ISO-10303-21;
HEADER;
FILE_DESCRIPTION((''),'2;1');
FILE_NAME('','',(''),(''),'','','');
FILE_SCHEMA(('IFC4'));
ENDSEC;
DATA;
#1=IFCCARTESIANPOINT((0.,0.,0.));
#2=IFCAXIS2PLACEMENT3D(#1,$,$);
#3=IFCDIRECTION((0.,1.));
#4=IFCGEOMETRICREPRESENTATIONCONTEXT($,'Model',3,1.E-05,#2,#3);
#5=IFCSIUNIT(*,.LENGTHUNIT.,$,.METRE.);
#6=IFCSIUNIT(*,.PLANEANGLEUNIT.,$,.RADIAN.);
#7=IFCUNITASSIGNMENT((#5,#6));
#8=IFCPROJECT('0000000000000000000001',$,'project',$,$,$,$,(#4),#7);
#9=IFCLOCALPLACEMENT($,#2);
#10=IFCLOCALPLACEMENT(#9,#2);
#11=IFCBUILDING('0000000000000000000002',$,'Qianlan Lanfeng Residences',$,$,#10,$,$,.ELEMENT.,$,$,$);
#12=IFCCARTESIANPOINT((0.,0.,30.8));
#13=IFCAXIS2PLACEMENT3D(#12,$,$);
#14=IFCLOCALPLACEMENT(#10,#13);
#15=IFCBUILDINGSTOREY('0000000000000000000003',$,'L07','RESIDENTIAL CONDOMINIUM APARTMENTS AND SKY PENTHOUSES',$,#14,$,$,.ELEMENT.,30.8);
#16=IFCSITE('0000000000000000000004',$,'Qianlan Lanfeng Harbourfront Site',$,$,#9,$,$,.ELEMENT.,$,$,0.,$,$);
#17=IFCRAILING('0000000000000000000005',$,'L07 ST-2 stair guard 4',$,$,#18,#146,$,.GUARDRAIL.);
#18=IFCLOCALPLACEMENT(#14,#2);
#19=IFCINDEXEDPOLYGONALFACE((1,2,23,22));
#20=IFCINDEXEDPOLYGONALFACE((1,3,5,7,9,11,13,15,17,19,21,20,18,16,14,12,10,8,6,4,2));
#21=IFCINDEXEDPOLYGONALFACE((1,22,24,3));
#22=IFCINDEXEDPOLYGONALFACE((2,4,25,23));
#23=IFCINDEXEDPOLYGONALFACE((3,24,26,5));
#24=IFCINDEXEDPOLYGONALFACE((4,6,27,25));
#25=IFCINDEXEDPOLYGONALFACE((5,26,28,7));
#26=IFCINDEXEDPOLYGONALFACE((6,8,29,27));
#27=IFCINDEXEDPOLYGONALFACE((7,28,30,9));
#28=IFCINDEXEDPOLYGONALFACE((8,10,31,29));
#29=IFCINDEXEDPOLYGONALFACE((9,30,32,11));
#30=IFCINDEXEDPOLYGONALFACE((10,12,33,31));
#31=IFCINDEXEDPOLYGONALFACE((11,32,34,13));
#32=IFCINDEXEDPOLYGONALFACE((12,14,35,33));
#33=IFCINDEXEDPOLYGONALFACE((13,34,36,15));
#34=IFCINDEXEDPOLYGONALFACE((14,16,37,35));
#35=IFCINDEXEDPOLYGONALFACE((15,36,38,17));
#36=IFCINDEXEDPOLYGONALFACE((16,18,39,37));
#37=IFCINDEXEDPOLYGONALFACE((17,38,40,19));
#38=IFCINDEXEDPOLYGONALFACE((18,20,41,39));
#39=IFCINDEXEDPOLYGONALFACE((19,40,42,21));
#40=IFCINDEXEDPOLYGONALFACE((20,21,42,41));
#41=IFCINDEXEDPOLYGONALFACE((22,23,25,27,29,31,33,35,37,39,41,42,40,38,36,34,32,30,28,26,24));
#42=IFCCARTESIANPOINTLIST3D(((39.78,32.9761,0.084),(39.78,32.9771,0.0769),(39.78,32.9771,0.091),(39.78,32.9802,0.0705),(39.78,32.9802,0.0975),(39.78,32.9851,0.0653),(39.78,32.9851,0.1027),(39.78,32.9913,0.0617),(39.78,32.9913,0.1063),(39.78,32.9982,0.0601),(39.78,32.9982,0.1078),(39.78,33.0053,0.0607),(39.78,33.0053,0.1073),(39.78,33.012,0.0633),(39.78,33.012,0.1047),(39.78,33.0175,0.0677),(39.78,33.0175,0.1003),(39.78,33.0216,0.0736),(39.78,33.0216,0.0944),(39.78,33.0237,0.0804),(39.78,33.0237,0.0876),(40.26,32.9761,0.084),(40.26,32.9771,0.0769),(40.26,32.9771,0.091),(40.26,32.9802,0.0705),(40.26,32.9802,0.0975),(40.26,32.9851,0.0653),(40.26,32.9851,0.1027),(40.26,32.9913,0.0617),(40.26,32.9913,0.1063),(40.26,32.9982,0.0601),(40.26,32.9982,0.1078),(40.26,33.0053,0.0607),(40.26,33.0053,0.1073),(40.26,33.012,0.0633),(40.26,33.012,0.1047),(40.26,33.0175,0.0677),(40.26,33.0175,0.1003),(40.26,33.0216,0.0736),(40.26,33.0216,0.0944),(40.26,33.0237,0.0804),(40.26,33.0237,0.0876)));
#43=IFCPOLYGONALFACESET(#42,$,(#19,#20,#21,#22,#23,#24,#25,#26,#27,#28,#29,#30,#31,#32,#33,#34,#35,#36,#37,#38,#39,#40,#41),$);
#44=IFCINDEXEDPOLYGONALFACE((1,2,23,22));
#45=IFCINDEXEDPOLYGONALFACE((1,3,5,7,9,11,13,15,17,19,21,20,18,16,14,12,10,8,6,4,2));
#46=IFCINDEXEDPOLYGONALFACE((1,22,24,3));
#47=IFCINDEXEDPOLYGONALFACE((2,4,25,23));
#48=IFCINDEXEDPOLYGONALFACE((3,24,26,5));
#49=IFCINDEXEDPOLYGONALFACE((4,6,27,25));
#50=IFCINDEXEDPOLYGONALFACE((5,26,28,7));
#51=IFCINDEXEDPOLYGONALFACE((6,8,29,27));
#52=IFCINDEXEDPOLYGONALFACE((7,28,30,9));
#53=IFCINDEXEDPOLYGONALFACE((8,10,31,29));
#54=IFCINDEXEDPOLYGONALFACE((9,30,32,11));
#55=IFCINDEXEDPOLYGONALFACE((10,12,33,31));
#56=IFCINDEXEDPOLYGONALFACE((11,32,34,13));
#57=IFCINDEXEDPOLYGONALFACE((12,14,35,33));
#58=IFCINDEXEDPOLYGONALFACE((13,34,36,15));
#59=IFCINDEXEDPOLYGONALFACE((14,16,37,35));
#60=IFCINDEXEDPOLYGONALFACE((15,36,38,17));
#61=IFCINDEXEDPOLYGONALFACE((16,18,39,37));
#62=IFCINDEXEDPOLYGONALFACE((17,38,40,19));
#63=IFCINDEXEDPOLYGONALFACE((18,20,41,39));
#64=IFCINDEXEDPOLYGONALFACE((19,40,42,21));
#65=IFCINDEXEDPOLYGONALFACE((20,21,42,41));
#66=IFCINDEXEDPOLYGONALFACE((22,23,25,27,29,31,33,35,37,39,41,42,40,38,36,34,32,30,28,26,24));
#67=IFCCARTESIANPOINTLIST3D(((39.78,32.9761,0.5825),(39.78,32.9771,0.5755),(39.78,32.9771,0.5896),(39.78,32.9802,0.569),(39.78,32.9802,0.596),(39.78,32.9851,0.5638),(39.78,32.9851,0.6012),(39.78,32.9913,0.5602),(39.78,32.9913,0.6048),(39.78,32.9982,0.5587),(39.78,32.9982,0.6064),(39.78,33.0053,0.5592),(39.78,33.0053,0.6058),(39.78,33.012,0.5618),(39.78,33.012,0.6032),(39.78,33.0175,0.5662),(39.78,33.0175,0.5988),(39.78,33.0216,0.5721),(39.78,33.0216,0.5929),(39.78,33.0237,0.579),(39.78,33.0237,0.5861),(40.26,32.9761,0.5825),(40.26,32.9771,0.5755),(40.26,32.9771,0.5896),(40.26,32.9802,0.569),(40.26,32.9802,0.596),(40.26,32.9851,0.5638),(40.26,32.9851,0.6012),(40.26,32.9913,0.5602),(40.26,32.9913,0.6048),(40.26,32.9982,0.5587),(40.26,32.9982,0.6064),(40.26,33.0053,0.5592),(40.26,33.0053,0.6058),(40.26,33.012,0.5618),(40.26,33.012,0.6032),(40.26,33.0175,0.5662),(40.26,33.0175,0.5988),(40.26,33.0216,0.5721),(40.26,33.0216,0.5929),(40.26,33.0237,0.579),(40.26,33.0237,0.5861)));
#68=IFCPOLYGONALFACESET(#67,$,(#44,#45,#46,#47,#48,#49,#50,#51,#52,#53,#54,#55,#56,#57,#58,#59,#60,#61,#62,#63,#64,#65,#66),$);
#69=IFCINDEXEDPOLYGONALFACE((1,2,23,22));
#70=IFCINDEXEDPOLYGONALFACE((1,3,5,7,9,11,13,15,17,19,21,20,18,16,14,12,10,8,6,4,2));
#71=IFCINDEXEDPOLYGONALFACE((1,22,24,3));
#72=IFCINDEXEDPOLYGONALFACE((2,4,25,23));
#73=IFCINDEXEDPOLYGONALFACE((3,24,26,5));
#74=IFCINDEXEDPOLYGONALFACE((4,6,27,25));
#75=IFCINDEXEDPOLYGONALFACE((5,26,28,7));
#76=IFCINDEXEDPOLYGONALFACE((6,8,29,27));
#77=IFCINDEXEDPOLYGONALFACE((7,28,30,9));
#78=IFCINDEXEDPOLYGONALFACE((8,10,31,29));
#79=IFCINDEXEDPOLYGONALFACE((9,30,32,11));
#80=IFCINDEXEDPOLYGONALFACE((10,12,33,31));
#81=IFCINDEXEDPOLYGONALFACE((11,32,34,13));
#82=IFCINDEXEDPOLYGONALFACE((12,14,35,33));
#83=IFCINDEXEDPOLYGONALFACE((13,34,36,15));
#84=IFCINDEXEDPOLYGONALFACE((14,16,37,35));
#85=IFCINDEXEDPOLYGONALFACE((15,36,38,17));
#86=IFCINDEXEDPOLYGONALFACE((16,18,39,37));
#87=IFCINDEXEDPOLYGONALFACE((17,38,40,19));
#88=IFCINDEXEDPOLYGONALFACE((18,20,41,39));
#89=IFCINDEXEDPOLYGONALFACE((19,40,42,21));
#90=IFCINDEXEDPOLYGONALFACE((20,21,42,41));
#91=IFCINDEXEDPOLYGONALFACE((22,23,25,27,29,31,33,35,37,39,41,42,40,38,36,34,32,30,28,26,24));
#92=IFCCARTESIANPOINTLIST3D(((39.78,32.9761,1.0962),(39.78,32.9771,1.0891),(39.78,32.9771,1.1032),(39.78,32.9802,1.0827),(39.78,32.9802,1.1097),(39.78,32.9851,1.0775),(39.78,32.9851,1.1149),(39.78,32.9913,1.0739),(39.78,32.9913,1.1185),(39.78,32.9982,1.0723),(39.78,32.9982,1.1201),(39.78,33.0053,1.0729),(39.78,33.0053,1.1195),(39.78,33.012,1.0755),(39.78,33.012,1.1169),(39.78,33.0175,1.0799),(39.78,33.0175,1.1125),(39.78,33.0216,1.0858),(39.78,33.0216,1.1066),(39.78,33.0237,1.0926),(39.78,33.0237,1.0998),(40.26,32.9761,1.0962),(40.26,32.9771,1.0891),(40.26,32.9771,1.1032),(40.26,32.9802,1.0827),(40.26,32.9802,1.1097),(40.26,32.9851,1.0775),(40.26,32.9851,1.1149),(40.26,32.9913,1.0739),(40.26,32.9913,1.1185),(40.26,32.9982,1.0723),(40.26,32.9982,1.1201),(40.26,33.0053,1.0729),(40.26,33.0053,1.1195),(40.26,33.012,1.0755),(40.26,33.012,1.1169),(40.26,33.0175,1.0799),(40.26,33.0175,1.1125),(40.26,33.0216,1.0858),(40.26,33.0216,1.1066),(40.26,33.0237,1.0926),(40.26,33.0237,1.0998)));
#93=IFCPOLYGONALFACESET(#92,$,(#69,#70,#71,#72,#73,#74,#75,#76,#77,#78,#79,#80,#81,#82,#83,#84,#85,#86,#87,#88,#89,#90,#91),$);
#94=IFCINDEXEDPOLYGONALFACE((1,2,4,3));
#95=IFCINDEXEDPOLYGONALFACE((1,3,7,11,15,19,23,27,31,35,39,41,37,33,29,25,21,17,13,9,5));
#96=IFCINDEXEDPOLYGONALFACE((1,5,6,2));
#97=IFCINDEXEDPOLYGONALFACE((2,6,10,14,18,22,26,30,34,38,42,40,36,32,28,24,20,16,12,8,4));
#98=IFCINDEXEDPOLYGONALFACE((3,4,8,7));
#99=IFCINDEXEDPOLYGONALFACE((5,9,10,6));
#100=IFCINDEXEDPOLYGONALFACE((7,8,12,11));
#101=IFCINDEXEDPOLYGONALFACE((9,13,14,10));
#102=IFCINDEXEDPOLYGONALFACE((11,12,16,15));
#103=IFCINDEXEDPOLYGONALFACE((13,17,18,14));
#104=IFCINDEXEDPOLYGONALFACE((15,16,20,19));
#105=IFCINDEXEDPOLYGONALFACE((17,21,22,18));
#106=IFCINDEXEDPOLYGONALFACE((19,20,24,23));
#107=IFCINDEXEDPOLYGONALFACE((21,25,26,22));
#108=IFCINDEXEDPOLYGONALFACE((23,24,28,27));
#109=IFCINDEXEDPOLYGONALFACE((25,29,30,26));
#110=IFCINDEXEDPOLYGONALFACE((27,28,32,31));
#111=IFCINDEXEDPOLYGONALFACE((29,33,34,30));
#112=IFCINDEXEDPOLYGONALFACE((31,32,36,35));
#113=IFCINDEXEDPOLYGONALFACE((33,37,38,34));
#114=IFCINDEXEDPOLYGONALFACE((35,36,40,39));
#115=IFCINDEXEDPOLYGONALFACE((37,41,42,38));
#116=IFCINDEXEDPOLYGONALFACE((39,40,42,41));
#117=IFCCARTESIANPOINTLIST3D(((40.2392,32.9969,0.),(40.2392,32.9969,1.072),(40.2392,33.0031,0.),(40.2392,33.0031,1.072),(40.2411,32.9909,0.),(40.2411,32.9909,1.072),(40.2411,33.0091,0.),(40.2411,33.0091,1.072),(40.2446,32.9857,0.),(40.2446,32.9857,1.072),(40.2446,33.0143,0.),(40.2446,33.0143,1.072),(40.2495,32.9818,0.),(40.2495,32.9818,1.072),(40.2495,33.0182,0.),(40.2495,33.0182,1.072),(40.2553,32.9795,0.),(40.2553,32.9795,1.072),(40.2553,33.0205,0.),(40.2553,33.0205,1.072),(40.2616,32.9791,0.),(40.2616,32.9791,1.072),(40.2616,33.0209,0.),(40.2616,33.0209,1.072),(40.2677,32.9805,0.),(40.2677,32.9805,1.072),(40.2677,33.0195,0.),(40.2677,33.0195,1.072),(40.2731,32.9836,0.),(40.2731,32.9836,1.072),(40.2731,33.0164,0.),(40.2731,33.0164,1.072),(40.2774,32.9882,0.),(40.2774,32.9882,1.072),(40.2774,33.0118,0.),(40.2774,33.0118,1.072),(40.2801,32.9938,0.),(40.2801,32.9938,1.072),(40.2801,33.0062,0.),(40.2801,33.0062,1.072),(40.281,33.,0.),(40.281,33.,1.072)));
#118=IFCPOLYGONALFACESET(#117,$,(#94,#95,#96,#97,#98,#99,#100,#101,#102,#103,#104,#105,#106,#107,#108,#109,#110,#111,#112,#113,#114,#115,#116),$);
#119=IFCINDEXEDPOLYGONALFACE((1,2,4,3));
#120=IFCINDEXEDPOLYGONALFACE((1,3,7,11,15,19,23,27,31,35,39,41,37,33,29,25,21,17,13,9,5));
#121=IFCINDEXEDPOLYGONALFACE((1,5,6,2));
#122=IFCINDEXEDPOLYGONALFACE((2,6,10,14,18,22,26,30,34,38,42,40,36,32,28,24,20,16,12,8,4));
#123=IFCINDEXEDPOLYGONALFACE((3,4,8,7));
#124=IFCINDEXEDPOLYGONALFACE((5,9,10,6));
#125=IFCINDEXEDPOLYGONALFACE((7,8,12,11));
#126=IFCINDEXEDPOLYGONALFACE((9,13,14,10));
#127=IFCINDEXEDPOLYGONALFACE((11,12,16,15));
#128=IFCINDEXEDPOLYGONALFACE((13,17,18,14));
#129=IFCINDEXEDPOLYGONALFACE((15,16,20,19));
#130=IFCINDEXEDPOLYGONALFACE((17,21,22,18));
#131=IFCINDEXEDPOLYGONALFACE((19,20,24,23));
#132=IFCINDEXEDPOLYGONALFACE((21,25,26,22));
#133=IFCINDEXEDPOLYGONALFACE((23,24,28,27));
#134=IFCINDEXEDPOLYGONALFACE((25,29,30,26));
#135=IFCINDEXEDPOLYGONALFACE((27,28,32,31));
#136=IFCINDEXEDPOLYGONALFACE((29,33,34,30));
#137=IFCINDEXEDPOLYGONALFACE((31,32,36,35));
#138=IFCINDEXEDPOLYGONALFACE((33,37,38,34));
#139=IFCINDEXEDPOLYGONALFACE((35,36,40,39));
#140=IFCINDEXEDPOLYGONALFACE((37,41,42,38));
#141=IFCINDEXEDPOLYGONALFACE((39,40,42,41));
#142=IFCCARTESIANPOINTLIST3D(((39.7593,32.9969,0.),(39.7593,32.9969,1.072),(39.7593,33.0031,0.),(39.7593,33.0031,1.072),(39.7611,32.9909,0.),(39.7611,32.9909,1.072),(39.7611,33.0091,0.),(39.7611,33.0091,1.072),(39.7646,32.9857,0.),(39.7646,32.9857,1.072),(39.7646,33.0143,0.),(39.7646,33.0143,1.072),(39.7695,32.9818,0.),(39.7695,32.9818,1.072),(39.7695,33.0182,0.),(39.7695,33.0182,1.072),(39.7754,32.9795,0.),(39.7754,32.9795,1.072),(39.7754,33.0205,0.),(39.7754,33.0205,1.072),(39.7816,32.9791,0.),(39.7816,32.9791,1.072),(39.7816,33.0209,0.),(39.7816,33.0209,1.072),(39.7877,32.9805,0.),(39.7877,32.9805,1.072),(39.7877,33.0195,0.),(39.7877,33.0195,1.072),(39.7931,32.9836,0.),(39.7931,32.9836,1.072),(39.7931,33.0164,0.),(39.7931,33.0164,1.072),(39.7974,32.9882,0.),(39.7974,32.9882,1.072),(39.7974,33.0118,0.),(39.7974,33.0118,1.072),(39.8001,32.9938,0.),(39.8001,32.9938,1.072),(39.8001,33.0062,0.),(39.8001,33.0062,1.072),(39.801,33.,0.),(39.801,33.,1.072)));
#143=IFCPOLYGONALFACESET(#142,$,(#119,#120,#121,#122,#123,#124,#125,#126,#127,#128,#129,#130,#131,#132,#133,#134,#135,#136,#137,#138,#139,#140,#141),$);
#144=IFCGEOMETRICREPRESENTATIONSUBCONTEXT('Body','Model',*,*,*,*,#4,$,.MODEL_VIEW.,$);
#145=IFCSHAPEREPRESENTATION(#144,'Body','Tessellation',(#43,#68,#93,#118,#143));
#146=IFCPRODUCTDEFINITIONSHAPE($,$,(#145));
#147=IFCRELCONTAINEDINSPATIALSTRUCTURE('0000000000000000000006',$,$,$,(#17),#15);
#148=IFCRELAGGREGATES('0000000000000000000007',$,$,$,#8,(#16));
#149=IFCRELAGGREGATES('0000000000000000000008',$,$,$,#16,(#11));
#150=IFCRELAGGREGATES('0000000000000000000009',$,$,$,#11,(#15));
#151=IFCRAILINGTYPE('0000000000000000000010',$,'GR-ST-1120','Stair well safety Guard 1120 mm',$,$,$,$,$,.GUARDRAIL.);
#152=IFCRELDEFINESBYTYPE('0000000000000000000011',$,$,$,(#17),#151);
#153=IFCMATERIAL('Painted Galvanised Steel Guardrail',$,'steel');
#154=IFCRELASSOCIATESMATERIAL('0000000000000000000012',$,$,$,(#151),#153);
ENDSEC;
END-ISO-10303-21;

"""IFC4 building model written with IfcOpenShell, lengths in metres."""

from ifc_helpers import new_model, si_unit, direction, frame, origin, origin_2d, place, context, subcontext, project, spatial, circle, extrude, material, type_object, element, save


model = new_model("IFC4")

# Units and contexts
model_context = context("Model", 3, precision=1e-05, world=origin(), true_north=direction((0.0, 1.0)))
body_context = subcontext(model_context, "Body", "Model", "MODEL_VIEW")
ifc_project = project(units=[si_unit("LENGTHUNIT", "METRE"), si_unit("PLANEANGLEUNIT", "RADIAN")], contexts=[model_context])

# Site, building, storey
site_placement = place(None, origin())
site = spatial("IfcSite", under=ifc_project, at=site_placement, Name="Qianlan Lanfeng Harbourfront Site", CompositionType="ELEMENT", RefElevation=0.0)
building_placement = place(site_placement, origin())
building = spatial("IfcBuilding", under=site, at=building_placement, Name="Qianlan Lanfeng Residences", CompositionType="ELEMENT")
storey_placement = place(building_placement, frame((0.0, 0.0, 30.8)))
storey = spatial("IfcBuildingStorey", under=building, at=storey_placement, Name="L07", Description="RESIDENTIAL CONDOMINIUM APARTMENTS AND SKY PENTHOUSES", CompositionType="ELEMENT", Elevation=30.8)

# Railing
ifc_material_1 = material(Name="Painted Galvanised Steel Guardrail", Category="steel")
railing_type_1 = type_object("IfcRailingType", Name="GR-ST-1120", Description="Stair well safety Guard 1120 mm", PredefinedType="GUARDRAIL", material=ifc_material_1)
railing_1_placement = place(storey_placement, frame((40.26, 33.0, 0.0)))
element("IfcRailing", 1, at=railing_1_placement, inside=storey, type_object=railing_type_1, Name="L07 ST-2 stair guard 4", PredefinedType="GUARDRAIL", context=body_context, shape_type="SweptSolid", body=[
    extrude(circle(Radius=0.0239, at=origin_2d()), frame((0.0, 0.0, 0.084), z_axis=(-1.0, 0.0, 0.0), x_axis=(0.0, -1.0, 0.0)), (0.0, 0.0, 1.0), 0.48),
    extrude(circle(Radius=0.0239, at=origin_2d()), frame((0.0, 0.0, 0.5825), z_axis=(-1.0, 0.0, 0.0), x_axis=(0.0, -1.0, 0.0)), (0.0, 0.0, 1.0), 0.48),
    extrude(circle(Radius=0.0239, at=origin_2d()), frame((0.0, 0.0, 1.0962), z_axis=(-1.0, 0.0, 0.0), x_axis=(0.0, -1.0, 0.0)), (0.0, 0.0, 1.0), 0.48),
    extrude(circle(Radius=0.021, at=origin_2d()), origin(), (0.0, 0.0, 1.0), 1.072),
    extrude(circle(Radius=0.021, at=origin_2d()), frame((-0.48, 0.0, 0.0)), (0.0, 0.0, 1.0), 1.072),
])

save(model, "model.ifc")
